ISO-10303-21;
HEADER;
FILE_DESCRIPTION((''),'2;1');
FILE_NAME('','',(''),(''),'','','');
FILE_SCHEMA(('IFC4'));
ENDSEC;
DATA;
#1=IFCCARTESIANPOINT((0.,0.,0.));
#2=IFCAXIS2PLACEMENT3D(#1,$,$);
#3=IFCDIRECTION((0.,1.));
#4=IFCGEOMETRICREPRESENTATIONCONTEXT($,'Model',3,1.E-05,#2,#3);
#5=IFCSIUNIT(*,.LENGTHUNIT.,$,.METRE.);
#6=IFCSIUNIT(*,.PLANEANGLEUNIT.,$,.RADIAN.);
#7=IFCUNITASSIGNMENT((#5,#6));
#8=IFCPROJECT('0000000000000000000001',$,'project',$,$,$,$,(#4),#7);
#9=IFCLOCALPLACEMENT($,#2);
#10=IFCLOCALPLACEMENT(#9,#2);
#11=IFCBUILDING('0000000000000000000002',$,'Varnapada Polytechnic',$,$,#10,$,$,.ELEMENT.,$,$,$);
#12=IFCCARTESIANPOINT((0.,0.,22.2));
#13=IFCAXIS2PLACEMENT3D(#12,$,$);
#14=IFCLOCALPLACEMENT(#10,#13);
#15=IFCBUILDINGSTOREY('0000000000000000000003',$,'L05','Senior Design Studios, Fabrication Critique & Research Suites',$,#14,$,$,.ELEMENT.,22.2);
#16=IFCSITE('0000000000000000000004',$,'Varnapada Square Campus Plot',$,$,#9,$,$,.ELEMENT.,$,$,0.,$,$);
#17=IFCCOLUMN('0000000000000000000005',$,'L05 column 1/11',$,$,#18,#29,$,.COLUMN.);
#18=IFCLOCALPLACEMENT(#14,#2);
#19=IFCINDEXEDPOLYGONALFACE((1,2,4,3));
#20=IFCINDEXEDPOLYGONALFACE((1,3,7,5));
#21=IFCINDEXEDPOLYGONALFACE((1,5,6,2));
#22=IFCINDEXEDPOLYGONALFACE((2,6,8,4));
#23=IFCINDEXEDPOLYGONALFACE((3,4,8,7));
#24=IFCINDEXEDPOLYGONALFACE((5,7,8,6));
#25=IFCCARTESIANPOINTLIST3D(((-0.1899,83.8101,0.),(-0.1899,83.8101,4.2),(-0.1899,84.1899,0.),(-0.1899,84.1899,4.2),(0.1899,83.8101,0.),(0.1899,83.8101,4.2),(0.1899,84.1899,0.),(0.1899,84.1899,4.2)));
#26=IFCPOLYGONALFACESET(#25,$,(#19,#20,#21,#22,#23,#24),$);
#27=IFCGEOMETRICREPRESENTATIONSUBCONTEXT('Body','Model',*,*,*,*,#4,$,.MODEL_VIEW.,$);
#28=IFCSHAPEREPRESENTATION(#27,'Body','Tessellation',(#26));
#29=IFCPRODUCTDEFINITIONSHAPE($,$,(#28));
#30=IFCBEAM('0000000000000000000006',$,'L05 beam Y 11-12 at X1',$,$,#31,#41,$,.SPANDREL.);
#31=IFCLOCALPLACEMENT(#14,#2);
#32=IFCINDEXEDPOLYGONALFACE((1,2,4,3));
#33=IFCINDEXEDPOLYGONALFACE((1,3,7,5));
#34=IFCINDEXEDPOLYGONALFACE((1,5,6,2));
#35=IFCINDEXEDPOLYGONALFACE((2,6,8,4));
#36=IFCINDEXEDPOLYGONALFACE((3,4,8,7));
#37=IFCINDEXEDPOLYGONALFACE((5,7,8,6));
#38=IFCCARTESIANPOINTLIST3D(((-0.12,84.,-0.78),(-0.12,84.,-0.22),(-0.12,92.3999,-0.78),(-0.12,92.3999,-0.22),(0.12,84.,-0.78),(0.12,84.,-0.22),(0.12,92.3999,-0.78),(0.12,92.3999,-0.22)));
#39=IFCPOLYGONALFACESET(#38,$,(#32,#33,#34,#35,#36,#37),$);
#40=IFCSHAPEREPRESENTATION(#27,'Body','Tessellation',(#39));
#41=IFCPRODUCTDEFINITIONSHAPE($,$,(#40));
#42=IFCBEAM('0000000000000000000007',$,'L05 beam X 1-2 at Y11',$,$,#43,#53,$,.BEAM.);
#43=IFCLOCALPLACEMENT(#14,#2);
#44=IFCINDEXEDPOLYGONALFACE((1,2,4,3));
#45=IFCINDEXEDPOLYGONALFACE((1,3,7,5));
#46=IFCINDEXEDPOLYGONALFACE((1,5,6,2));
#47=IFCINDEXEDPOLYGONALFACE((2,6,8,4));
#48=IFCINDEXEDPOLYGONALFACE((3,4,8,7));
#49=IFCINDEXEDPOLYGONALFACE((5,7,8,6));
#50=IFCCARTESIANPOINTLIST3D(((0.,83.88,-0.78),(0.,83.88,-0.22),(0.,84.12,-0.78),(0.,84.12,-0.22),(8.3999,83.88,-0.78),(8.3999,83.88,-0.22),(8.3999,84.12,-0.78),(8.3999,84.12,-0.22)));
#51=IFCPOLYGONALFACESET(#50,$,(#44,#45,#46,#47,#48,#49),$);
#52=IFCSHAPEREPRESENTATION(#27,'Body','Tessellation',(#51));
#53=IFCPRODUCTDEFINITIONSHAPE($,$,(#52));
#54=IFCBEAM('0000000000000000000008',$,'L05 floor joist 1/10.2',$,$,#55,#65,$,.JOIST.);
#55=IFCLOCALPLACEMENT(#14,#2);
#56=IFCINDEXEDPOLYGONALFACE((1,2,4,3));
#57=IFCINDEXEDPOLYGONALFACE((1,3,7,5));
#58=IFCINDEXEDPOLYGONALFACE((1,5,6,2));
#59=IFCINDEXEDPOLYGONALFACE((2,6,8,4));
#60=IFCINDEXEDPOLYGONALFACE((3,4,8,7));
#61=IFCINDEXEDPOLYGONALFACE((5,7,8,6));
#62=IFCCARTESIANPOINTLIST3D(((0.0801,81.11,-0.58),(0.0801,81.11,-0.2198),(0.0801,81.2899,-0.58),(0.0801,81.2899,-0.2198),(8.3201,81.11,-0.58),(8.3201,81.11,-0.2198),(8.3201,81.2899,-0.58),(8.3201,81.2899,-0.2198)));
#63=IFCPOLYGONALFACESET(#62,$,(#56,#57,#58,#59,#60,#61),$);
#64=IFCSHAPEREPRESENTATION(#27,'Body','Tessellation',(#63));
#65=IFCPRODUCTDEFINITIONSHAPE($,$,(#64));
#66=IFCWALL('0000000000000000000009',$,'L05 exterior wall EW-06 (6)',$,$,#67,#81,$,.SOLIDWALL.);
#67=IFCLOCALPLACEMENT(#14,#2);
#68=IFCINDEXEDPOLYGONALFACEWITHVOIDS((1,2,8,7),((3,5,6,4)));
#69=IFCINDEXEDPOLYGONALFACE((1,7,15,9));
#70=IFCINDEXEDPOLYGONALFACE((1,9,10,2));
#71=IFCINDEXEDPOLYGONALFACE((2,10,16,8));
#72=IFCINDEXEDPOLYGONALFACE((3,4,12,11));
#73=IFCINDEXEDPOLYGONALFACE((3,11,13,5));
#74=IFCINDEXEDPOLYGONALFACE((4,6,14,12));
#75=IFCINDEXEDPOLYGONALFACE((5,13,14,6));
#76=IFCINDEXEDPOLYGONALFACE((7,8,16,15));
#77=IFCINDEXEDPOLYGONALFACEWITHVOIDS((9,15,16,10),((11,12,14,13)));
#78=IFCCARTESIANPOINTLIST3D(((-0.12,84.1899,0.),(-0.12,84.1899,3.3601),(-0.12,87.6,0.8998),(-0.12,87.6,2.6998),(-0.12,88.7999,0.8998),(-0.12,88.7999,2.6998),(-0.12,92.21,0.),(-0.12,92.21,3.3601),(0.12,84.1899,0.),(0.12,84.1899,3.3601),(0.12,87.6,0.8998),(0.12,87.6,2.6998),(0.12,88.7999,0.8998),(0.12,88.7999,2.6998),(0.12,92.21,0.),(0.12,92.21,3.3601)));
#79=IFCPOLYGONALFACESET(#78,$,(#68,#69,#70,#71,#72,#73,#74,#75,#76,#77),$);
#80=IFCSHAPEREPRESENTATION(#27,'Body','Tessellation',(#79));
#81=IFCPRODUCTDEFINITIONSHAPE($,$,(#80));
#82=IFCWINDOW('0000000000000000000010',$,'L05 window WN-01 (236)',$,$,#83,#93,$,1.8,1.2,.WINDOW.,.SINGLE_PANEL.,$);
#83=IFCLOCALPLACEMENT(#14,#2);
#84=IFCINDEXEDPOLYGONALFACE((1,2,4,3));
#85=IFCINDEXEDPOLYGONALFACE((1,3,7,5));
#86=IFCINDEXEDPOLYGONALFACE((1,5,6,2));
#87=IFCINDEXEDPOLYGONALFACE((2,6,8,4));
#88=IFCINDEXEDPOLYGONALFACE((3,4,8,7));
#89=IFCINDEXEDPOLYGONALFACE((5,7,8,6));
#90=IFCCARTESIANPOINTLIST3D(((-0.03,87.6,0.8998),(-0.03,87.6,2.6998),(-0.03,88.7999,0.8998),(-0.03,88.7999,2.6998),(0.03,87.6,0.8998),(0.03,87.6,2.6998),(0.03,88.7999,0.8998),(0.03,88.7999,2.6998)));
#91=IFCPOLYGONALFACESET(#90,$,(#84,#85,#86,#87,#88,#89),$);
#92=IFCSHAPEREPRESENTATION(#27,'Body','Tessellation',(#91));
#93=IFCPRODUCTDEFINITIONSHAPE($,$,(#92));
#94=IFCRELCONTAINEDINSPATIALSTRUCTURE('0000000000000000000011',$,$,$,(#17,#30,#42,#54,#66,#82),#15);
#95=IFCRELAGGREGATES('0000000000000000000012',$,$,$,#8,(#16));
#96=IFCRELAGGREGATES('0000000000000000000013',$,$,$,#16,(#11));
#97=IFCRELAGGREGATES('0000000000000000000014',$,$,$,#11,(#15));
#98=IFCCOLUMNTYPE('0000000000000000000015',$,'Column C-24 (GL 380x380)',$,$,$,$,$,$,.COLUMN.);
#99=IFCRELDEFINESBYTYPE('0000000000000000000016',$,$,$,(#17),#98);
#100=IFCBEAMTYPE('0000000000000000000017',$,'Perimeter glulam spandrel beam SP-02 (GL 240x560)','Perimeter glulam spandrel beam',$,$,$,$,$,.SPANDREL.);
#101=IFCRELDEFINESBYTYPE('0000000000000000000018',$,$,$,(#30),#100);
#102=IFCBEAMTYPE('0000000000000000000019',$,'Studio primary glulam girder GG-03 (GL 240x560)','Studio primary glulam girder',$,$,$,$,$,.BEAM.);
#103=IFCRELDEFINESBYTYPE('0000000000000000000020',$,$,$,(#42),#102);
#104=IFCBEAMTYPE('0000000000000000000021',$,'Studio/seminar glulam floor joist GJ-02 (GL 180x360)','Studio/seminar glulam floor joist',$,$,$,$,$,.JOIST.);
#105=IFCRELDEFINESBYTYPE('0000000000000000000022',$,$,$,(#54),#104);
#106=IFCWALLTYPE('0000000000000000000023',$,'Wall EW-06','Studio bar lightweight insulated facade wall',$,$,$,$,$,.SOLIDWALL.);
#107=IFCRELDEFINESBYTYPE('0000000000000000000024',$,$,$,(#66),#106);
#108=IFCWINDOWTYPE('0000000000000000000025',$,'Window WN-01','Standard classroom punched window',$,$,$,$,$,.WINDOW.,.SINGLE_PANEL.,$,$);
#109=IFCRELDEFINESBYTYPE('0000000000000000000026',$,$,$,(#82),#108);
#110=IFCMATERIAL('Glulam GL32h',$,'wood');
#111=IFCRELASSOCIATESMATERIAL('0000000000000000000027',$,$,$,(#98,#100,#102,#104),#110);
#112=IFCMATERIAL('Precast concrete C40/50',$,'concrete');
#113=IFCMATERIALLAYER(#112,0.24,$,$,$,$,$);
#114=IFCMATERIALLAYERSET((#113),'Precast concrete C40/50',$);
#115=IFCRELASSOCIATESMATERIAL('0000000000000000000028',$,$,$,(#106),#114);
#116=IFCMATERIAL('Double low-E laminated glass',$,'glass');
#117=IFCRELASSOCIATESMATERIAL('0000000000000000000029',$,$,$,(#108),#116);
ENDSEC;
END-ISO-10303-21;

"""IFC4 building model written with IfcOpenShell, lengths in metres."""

from ifc_helpers import new_model, si_unit, direction, frame, frame_2d, origin, origin_2d, place, context, subcontext, project, spatial, rectangle, extrude, material, layer, layer_set, material_profile, profile_set, type_object, element, fill, save


model = new_model("IFC4")

# Units and contexts
model_context = context("Model", 3, precision=1e-05, world=origin(), true_north=direction((0.0, 1.0)))
body_context = subcontext(model_context, "Body", "Model", "MODEL_VIEW")
ifc_project = project(units=[si_unit("LENGTHUNIT", "METRE"), si_unit("PLANEANGLEUNIT", "RADIAN")], contexts=[model_context])

# Site, building, storey
site_placement = place(None, origin())
site = spatial("IfcSite", under=ifc_project, at=site_placement, Name="Varnapada Square Campus Plot", CompositionType="ELEMENT", RefElevation=0.0)
building_placement = place(site_placement, origin())
building = spatial("IfcBuilding", under=site, at=building_placement, Name="Varnapada Polytechnic", CompositionType="ELEMENT")
storey_placement = place(building_placement, frame((0.0, 0.0, 22.2)))
storey = spatial("IfcBuildingStorey", under=building, at=storey_placement, Name="L05", Description="Senior Design Studios, Fabrication Critique & Research Suites", CompositionType="ELEMENT", Elevation=22.2)

# Column
ifc_material_1 = material(Name="Glulam GL32h", Category="wood")
ifc_material_profile_1 = material_profile(ifc_material_1, rectangle(XDim=0.3799, YDim=0.3799, at=origin_2d()), Name="GL 380x380")
ifc_profile_set_1 = profile_set([ifc_material_profile_1], Name="Glulam GL32h")
column_type = type_object("IfcColumnType", Name="Column C-24 (GL 380x380)", PredefinedType="COLUMN", material=ifc_profile_set_1)
column_placement = place(storey_placement, frame((0.0, 84.0, 0.0), z_axis=(0.0, 0.0, 1.0), x_axis=(1.0, 0.0, 0.0)))
element("IfcColumn", 1, at=column_placement, inside=storey, type_object=column_type, Name="L05 column 1/11", PredefinedType="COLUMN", context=body_context, shape_type="SweptSolid", body=[
    extrude(rectangle(XDim=0.3799, YDim=0.3799, at=origin_2d()), origin(), (0.0, 0.0, 1.0), 4.2),
])

# Beams
ifc_material_profile_2 = material_profile(ifc_material_1, rectangle(XDim=0.24, YDim=0.5601, at=origin_2d()), Name="GL 240x560")
ifc_profile_set_2 = profile_set([ifc_material_profile_2], Name="Glulam GL32h")
beam_type_1 = type_object("IfcBeamType", Name="Perimeter glulam spandrel beam SP-02 (GL 240x560)", Description="Perimeter glulam spandrel beam", PredefinedType="SPANDREL", material=ifc_profile_set_2)
beam_1_placement = place(storey_placement, frame((0.0, 84.0, -0.5), z_axis=(0.0, 1.0, 0.0), x_axis=(-1.0, 0.0, 0.0)))
element("IfcBeam", 2, at=beam_1_placement, inside=storey, type_object=beam_type_1, Name="L05 beam Y 11-12 at X1", PredefinedType="SPANDREL", context=body_context, shape_type="SweptSolid", body=[
    extrude(rectangle(XDim=0.24, YDim=0.5601, at=origin_2d()), origin(), (0.0, 0.0, 1.0), 8.3999),
])
ifc_material_profile_3 = material_profile(ifc_material_1, rectangle(XDim=0.24, YDim=0.5601, at=origin_2d()), Name="GL 240x560")
ifc_profile_set_3 = profile_set([ifc_material_profile_3], Name="Glulam GL32h")
beam_type_2 = type_object("IfcBeamType", Name="Studio primary glulam girder GG-03 (GL 240x560)", Description="Studio primary glulam girder", PredefinedType="BEAM", material=ifc_profile_set_3)
beam_2_placement = place(storey_placement, frame((0.0, 84.0, -0.5), z_axis=(1.0, 0.0, 0.0), x_axis=(0.0, 1.0, 0.0)))
element("IfcBeam", 3, at=beam_2_placement, inside=storey, type_object=beam_type_2, Name="L05 beam X 1-2 at Y11", PredefinedType="BEAM", context=body_context, shape_type="SweptSolid", body=[
    extrude(rectangle(XDim=0.24, YDim=0.5601, at=origin_2d()), origin(), (0.0, 0.0, 1.0), 8.3999),
])
ifc_material_profile_4 = material_profile(ifc_material_1, rectangle(XDim=0.1799, YDim=0.3601, at=origin_2d()), Name="GL 180x360")
ifc_profile_set_4 = profile_set([ifc_material_profile_4], Name="Glulam GL32h")
beam_type_3 = type_object("IfcBeamType", Name="Studio/seminar glulam floor joist GJ-02 (GL 180x360)", Description="Studio/seminar glulam floor joist", PredefinedType="JOIST", material=ifc_profile_set_4)
beam_3_placement = place(storey_placement, frame((0.0801, 81.2, -0.3999), z_axis=(1.0, 0.0, 0.0), x_axis=(0.0, 1.0, 0.0)))
element("IfcBeam", 4, at=beam_3_placement, inside=storey, type_object=beam_type_3, Name="L05 floor joist 1/10.2", PredefinedType="JOIST", context=body_context, shape_type="SweptSolid", body=[
    extrude(rectangle(XDim=0.1799, YDim=0.3601, at=origin_2d()), origin(), (0.0, 0.0, 1.0), 8.24),
])

# Wall, opening, window
ifc_material_2 = material(Name="Precast concrete C40/50", Category="concrete")
ifc_layer_1 = layer(ifc_material_2, 0.24)
ifc_layer_set_1 = layer_set([ifc_layer_1], Name="Precast concrete C40/50")
wall_type = type_object("IfcWallType", Name="Wall EW-06", Description="Studio bar lightweight insulated facade wall", PredefinedType="SOLIDWALL", material=ifc_layer_set_1)
wall_placement = place(storey_placement, frame((0.0, 84.1899, 0.0), z_axis=(0.0, 0.0, 1.0), x_axis=(0.0, 1.0, 0.0)))
wall = element("IfcWall", 5, at=wall_placement, inside=storey, type_object=wall_type, Name="L05 exterior wall EW-06 (6)", PredefinedType="SOLIDWALL", context=body_context, shape_type="SweptSolid", body=[
    extrude(rectangle(XDim=8.02, YDim=0.24, at=frame_2d((4.01, 0.0))), origin(), (0.0, 0.0, 1.0), 3.3601),
])
opening_1_placement = place(wall_placement, frame((3.4099, 0.0, 0.8999)))
opening_1 = element("IfcOpeningElement", 6, at=opening_1_placement, cuts=wall, PredefinedType="OPENING", context=body_context, shape_type="SweptSolid", body=[
    extrude(rectangle(XDim=1.2, YDim=1.8, at=frame_2d((0.6001, 0.8999))), frame((0.0, 0.1299, 0.0), z_axis=(0.0, -1.0, 0.0), x_axis=(1.0, 0.0, 0.0)), (0.0, 0.0, 1.0), 0.26),
])
ifc_material_3 = material(Name="Double low-E laminated glass", Category="glass")
window_type = type_object("IfcWindowType", Name="Window WN-01", Description="Standard classroom punched window", PartitioningType="SINGLE_PANEL", PredefinedType="WINDOW", material=ifc_material_3)
window_placement = place(opening_1_placement, origin())
window = element("IfcWindow", 7, at=window_placement, inside=storey, type_object=window_type, Name="L05 window WN-01 (236)", OverallHeight=1.8, OverallWidth=1.2, PartitioningType="SINGLE_PANEL", PredefinedType="WINDOW", context=body_context, shape_type="SweptSolid", body=[
    extrude(rectangle(XDim=1.2, YDim=1.8, at=frame_2d((0.6001, 0.8999))), frame((0.0, 0.03, 0.0), z_axis=(0.0, -1.0, 0.0), x_axis=(1.0, 0.0, 0.0)), (0.0, 0.0, 1.0), 0.0601),
])
fill(opening_1, window)

save(model, "model.ifc")
